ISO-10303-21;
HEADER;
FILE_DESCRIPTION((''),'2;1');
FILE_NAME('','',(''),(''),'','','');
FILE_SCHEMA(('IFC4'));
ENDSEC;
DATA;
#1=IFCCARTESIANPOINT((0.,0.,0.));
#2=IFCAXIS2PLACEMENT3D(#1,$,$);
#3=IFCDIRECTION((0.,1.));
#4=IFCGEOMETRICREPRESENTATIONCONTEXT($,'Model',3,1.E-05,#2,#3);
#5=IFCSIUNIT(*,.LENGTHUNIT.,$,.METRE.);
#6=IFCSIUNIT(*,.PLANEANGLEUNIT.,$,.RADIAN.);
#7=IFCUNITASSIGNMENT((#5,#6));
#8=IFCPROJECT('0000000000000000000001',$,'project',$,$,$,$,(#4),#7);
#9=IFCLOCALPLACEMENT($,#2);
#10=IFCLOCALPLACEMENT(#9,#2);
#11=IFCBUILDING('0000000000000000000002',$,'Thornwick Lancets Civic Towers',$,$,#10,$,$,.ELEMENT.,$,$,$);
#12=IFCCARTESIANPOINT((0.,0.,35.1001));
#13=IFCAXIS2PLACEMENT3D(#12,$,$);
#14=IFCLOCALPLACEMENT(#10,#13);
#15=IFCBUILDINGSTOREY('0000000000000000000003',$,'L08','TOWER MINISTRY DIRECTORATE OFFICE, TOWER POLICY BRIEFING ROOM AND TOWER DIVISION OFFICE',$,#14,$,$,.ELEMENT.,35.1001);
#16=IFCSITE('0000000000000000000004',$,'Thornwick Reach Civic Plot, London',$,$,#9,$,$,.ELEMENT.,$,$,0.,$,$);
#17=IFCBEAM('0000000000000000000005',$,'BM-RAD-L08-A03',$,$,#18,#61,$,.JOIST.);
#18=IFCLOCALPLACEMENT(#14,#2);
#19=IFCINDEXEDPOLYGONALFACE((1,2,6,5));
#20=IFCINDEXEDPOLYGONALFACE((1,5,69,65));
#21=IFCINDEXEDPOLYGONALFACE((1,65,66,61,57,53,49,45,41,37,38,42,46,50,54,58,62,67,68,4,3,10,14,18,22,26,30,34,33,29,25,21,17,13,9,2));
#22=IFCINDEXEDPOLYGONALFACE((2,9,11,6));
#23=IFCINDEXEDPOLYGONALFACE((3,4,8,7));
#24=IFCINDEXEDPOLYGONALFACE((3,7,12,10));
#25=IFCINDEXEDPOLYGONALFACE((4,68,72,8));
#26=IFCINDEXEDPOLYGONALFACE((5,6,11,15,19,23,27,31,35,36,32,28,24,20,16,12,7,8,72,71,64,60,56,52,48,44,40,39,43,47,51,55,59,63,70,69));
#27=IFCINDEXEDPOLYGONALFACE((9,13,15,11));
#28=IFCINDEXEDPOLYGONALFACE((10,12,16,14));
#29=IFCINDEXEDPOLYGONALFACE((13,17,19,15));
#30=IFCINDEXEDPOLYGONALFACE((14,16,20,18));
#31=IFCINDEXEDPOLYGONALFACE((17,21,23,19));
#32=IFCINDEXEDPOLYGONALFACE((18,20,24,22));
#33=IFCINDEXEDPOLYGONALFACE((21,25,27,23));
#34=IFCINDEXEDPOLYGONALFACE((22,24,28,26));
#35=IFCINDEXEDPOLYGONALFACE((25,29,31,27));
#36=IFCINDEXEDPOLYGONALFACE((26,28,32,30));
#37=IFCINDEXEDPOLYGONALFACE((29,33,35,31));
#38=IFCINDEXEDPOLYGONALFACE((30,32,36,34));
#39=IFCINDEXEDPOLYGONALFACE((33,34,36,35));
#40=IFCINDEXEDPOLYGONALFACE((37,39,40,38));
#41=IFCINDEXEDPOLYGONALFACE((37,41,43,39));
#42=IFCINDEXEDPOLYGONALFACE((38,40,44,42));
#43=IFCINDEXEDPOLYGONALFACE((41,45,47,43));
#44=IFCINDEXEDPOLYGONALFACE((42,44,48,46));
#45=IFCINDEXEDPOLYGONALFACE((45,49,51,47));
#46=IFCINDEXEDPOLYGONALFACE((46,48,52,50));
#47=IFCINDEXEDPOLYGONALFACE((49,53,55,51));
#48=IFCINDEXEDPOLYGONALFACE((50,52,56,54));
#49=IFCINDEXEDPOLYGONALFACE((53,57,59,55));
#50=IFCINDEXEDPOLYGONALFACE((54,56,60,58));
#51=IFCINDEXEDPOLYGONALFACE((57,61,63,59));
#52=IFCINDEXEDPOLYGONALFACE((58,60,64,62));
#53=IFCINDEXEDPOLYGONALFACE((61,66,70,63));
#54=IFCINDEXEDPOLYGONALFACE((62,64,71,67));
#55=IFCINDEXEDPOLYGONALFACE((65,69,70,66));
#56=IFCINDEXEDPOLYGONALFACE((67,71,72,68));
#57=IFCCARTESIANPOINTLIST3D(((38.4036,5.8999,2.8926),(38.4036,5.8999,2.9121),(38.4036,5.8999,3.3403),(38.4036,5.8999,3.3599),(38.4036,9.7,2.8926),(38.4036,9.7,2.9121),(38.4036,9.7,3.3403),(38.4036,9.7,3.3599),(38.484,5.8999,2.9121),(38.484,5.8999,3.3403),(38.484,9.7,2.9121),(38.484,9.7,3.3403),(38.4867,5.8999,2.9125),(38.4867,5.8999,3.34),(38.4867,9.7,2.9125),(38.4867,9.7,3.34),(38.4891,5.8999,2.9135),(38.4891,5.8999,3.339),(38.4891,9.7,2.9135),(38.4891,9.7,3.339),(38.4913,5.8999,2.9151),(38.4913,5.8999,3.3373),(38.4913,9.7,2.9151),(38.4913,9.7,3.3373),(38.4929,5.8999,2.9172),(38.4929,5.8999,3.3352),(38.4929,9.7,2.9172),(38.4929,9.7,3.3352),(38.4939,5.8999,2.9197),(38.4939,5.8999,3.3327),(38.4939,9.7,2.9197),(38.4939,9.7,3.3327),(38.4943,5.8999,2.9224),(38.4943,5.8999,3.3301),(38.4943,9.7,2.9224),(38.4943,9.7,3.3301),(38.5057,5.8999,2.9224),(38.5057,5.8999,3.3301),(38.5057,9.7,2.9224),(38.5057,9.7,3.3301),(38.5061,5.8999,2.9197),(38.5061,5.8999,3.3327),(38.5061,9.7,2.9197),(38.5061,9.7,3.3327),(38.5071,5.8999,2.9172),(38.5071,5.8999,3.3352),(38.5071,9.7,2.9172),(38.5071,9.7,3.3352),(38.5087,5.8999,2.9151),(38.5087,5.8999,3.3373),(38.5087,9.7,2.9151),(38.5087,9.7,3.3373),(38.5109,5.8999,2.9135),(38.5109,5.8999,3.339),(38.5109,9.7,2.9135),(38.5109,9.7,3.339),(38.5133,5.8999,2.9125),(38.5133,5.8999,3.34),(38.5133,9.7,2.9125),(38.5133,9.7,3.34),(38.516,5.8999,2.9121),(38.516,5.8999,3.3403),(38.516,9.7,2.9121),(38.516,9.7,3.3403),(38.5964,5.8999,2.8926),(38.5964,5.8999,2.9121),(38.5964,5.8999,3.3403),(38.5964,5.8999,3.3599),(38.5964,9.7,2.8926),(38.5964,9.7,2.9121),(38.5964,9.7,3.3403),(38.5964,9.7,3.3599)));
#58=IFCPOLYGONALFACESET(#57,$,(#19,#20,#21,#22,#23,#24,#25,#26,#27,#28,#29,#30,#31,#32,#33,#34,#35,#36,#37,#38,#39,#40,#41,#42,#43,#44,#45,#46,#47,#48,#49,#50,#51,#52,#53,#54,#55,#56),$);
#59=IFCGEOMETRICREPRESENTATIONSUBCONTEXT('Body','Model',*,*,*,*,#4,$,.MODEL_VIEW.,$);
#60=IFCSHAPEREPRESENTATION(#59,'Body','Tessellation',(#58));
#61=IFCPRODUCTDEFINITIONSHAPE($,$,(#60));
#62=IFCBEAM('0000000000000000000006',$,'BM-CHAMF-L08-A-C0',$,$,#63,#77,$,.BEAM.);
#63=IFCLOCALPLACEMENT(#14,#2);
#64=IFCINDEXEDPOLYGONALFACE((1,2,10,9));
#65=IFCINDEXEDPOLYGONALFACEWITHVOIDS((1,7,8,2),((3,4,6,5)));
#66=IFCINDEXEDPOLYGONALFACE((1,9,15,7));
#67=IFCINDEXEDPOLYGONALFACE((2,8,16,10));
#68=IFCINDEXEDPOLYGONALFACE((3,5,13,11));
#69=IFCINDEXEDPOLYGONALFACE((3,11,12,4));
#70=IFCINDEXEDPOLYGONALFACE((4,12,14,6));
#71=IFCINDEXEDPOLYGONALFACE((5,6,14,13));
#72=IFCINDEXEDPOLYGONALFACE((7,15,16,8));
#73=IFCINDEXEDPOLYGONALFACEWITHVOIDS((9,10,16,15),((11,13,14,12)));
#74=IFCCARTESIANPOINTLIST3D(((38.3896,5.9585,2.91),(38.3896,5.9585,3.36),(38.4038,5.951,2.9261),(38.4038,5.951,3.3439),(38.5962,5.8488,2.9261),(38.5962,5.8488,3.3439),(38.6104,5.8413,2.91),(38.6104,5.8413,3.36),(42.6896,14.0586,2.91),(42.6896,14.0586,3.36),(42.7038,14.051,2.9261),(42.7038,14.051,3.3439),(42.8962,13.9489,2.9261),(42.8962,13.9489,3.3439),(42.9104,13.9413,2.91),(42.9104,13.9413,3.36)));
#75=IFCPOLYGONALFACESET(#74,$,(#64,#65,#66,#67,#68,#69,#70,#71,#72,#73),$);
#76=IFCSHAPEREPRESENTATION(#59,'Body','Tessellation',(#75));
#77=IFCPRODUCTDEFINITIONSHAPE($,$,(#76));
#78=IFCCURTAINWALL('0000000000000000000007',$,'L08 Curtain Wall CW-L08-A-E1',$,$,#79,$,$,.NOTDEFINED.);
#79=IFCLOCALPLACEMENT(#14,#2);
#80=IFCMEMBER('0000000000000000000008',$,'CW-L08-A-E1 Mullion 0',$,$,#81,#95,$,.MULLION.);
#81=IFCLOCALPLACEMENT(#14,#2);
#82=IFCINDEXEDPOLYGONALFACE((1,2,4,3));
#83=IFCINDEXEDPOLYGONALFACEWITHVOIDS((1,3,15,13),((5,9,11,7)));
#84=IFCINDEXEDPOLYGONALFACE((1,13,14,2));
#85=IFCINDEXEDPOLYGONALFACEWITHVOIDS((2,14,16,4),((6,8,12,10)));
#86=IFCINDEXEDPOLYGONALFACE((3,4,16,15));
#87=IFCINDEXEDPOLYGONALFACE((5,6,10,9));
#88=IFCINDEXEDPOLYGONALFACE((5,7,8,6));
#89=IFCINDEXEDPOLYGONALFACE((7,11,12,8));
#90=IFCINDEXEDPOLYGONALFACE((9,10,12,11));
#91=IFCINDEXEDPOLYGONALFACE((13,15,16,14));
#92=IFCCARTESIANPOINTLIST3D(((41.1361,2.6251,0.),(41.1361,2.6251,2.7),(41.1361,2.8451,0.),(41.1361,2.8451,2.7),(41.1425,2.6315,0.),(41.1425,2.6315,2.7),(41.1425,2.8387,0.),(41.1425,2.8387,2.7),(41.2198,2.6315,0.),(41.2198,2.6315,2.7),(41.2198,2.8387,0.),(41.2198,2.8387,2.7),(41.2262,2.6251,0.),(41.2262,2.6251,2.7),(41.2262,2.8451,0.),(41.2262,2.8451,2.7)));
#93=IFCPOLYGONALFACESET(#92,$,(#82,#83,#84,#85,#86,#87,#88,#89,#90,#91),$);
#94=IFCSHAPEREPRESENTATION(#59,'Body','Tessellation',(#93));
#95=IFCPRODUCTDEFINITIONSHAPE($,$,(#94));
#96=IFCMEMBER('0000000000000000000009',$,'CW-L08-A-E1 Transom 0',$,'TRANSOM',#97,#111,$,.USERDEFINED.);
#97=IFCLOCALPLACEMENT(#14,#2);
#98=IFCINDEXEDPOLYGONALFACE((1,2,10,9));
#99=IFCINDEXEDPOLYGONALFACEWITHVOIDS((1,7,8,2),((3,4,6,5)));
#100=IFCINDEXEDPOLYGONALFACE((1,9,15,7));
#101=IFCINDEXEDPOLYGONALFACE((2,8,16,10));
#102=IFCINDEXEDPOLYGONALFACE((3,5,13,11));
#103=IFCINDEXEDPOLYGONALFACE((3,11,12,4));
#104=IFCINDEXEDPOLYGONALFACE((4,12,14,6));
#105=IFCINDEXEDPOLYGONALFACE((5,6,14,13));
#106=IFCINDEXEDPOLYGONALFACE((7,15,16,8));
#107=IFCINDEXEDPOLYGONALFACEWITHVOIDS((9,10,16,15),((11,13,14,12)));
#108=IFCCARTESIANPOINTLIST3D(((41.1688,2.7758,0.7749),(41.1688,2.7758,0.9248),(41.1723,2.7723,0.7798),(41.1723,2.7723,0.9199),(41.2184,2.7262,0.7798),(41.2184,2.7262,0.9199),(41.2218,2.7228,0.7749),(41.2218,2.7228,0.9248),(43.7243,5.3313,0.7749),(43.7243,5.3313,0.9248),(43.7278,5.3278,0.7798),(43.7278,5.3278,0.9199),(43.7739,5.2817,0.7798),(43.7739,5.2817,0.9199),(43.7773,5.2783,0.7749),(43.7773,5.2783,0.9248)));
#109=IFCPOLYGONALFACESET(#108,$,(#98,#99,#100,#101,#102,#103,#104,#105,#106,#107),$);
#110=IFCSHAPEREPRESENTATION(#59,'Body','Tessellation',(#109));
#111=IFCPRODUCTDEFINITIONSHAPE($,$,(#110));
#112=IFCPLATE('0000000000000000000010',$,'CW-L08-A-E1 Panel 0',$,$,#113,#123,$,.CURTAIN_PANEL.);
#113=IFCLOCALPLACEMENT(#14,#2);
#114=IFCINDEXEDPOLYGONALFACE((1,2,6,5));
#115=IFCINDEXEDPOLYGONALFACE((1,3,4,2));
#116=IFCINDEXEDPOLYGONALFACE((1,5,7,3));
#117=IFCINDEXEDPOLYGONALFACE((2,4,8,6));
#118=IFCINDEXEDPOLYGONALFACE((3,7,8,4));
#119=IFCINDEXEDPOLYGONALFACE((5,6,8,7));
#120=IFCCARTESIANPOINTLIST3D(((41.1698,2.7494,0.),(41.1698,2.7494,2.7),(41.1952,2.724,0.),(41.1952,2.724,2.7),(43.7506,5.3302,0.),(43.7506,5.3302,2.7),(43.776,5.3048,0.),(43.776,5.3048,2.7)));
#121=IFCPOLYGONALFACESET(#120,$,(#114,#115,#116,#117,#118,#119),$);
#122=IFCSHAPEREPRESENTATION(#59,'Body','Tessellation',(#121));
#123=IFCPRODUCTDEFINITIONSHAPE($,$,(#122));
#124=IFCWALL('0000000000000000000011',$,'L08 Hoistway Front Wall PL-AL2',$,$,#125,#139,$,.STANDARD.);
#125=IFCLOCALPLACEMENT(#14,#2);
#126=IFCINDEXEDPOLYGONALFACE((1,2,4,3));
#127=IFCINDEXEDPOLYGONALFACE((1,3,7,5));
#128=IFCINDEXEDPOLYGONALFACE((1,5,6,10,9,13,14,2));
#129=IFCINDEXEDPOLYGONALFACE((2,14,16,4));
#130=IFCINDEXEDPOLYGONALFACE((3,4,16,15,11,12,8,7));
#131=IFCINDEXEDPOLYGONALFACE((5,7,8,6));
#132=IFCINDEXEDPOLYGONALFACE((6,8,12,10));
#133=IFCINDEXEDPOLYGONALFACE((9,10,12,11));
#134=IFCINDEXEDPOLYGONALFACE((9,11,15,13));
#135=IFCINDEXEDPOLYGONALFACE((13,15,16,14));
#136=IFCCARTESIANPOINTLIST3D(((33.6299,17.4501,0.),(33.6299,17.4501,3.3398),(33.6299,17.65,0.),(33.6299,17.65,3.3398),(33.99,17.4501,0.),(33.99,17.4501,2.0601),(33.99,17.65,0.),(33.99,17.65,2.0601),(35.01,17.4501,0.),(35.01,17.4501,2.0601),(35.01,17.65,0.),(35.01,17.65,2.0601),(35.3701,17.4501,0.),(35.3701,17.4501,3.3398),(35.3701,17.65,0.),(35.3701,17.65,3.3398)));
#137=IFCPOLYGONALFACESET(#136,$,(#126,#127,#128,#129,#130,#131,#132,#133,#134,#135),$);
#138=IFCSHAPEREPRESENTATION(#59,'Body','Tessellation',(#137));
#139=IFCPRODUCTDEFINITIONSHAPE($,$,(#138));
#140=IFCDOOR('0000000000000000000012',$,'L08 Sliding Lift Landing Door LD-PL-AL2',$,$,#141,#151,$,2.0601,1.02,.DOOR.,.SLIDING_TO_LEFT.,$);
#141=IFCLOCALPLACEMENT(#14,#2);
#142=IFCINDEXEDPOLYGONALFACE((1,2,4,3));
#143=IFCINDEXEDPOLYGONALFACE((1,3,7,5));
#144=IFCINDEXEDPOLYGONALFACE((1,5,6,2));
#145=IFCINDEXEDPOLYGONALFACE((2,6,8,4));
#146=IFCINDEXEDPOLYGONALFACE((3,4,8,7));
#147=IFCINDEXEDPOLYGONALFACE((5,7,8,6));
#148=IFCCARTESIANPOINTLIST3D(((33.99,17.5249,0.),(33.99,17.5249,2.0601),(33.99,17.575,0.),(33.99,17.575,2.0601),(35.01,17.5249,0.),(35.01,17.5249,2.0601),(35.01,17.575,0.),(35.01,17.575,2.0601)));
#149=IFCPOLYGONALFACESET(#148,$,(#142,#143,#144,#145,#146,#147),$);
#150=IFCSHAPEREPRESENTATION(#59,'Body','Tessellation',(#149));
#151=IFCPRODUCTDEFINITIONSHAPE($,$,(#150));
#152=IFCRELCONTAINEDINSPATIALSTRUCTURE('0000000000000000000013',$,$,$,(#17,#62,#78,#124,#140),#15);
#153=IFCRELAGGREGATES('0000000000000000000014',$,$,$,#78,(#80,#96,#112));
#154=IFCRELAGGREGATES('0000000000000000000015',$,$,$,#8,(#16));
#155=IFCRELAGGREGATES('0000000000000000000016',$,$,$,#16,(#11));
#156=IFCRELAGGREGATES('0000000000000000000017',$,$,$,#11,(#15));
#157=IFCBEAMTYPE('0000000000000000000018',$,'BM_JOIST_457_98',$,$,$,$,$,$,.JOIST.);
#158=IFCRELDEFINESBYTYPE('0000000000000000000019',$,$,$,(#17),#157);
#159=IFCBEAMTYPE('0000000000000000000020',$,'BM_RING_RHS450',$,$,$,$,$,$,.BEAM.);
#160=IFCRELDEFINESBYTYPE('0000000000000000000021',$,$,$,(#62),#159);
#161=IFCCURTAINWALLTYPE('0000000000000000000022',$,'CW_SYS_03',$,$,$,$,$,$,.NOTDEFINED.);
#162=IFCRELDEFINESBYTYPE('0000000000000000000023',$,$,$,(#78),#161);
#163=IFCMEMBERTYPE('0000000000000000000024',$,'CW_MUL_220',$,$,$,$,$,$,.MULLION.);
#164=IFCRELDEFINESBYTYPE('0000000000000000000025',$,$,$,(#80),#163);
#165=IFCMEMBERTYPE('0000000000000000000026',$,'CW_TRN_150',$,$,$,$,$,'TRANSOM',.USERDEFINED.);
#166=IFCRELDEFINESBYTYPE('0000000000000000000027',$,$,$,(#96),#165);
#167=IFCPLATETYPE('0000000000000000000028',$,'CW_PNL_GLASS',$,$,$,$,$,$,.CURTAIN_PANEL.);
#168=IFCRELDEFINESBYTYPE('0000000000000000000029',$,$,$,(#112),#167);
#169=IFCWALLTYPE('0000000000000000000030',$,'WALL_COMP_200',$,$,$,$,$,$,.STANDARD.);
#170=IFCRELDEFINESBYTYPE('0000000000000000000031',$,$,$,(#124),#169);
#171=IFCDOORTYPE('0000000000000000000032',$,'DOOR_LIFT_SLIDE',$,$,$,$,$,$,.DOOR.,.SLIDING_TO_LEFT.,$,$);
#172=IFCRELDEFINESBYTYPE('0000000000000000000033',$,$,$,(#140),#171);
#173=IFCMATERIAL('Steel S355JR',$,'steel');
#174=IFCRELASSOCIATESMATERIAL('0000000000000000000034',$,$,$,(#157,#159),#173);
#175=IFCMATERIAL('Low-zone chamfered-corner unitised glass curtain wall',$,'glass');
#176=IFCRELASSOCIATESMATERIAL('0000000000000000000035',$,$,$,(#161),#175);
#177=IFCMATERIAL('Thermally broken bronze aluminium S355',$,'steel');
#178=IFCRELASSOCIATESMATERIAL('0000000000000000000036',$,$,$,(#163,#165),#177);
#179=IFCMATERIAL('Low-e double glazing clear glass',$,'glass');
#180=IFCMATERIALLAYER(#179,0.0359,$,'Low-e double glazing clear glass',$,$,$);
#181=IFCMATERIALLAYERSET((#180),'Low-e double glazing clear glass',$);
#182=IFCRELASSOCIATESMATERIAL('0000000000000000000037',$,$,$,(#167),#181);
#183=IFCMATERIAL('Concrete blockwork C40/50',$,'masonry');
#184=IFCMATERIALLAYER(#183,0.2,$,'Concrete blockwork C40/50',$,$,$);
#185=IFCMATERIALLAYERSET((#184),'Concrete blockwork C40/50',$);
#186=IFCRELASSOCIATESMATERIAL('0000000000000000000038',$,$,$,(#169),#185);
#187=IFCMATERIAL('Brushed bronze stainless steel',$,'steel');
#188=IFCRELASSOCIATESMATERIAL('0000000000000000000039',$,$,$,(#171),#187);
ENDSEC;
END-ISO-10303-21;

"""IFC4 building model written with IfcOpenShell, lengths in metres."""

from ifc_helpers import new_model, si_unit, direction, frame, frame_2d, origin, origin_2d, place, context, subcontext, project, spatial, rectangle, hollow_rectangle, i_section, extrude, material, layer, layer_set, material_profile, profile_set, type_object, element, fill, aggregate, save


model = new_model("IFC4")

# Units and contexts
model_context = context("Model", 3, precision=1e-05, world=origin(), true_north=direction((0.0, 1.0)))
body_context = subcontext(model_context, "Body", "Model", "MODEL_VIEW")
ifc_project = project(units=[si_unit("LENGTHUNIT", "METRE"), si_unit("PLANEANGLEUNIT", "RADIAN")], contexts=[model_context])

# Site, building, storey
site_placement = place(None, origin())
site = spatial("IfcSite", under=ifc_project, at=site_placement, Name="Thornwick Reach Civic Plot, London", CompositionType="ELEMENT", RefElevation=0.0)
building_placement = place(site_placement, origin())
building = spatial("IfcBuilding", under=site, at=building_placement, Name="Thornwick Lancets Civic Towers", CompositionType="ELEMENT")
storey_placement = place(building_placement, frame((0.0, 0.0, 35.1001)))
storey = spatial("IfcBuildingStorey", under=building, at=storey_placement, Name="L08", Description="TOWER MINISTRY DIRECTORATE OFFICE, TOWER POLICY BRIEFING ROOM AND TOWER DIVISION OFFICE", CompositionType="ELEMENT", Elevation=35.1001)

# Beams
ifc_material_1 = material(Name="Steel S355JR", Category="steel")
ifc_material_profile_1 = material_profile(ifc_material_1, i_section(OverallWidth=0.1929, OverallDepth=0.4673, WebThickness=0.0115, FlangeThickness=0.0195, FilletRadius=0.0103, at=origin_2d()), Name="UKB 457x191x98")
ifc_profile_set_1 = profile_set([ifc_material_profile_1], Name="Steel S355JR")
beam_type_1 = type_object("IfcBeamType", Name="BM_JOIST_457_98", PredefinedType="JOIST", material=ifc_profile_set_1)
beam_1_placement = place(storey_placement, frame((38.5, 9.7, 3.1262), z_axis=(0.0, -1.0, 0.0), x_axis=(1.0, 0.0, 0.0)))
element("IfcBeam", 1, at=beam_1_placement, inside=storey, type_object=beam_type_1, Name="BM-RAD-L08-A03", PredefinedType="JOIST", context=body_context, shape_type="SweptSolid", body=[
    extrude(i_section(OverallWidth=0.1929, OverallDepth=0.4673, WebThickness=0.0115, FlangeThickness=0.0195, FilletRadius=0.0103, at=origin_2d()), origin(), (0.0, 0.0, 1.0), 3.8),
])
ifc_material_profile_2 = material_profile(ifc_material_1, hollow_rectangle(XDim=0.25, YDim=0.45, WallThickness=0.0161, at=origin_2d()), Name="RHS 450x250x16")
ifc_profile_set_2 = profile_set([ifc_material_profile_2], Name="Steel S355JR")
beam_type_2 = type_object("IfcBeamType", Name="BM_RING_RHS450", PredefinedType="BEAM", material=ifc_profile_set_2)
beam_2_placement = place(storey_placement, frame((38.5, 5.8999, 3.135), z_axis=(0.468889, 0.883257, 0.0), x_axis=(-0.883257, 0.468889, 0.0)))
element("IfcBeam", 2, at=beam_2_placement, inside=storey, type_object=beam_type_2, Name="BM-CHAMF-L08-A-C0", PredefinedType="BEAM", context=body_context, shape_type="SweptSolid", body=[
    extrude(hollow_rectangle(XDim=0.25, YDim=0.45, WallThickness=0.0161, at=origin_2d()), origin(), (0.0, 0.0, 1.0), 9.1707),
])

# Curtain wall, members, plate
ifc_material_2 = material(Name="Low-zone chamfered-corner unitised glass curtain wall", Category="glass")
curtain_wall_type = type_object("IfcCurtainWallType", Name="CW_SYS_03", PredefinedType="NOTDEFINED", material=ifc_material_2)
curtain_wall_placement = place(storey_placement, origin())
curtain_wall = element("IfcCurtainWall", 3, at=curtain_wall_placement, inside=storey, type_object=curtain_wall_type, Name="L08 Curtain Wall CW-L08-A-E1", PredefinedType="NOTDEFINED")
ifc_material_3 = material(Name="Thermally broken bronze aluminium S355", Category="steel")
ifc_material_profile_3 = material_profile(ifc_material_3, hollow_rectangle(XDim=0.0901, YDim=0.22, WallThickness=0.0063, at=origin_2d()), Name="RHS 220x90x6.3")
ifc_profile_set_3 = profile_set([ifc_material_profile_3], Name="Thermally broken bronze aluminium S355")
member_type_1 = type_object("IfcMemberType", Name="CW_MUL_220", PredefinedType="MULLION", material=ifc_profile_set_3)
member_1_placement = place(storey_placement, frame((41.1812, 2.7351, 0.0), z_axis=(0.0, 0.0, 1.0), x_axis=(1.0, 0.0, 0.0)))
member_1 = element("IfcMember", 4, at=member_1_placement, type_object=member_type_1, Name="CW-L08-A-E1 Mullion 0", PredefinedType="MULLION", context=body_context, shape_type="SweptSolid", body=[
    extrude(hollow_rectangle(XDim=0.0901, YDim=0.22, WallThickness=0.0063, at=origin_2d()), origin(), (0.0, 0.0, 1.0), 2.7),
])
ifc_material_profile_4 = material_profile(ifc_material_3, hollow_rectangle(XDim=0.075, YDim=0.1499, WallThickness=0.0049, at=origin_2d()), Name="RHS 150x75x5")
ifc_profile_set_4 = profile_set([ifc_material_profile_4], Name="Thermally broken bronze aluminium S355")
member_type_2 = type_object("IfcMemberType", Name="CW_TRN_150", ElementType="TRANSOM", PredefinedType="USERDEFINED", material=ifc_profile_set_4)
member_2_placement = place(storey_placement, frame((41.1953, 2.7493, 0.8499), z_axis=(0.707107, 0.707107, 0.0), x_axis=(-0.707107, 0.707107, 0.0)))
member_2 = element("IfcMember", 5, at=member_2_placement, type_object=member_type_2, Name="CW-L08-A-E1 Transom 0", ObjectType="TRANSOM", PredefinedType="USERDEFINED", context=body_context, shape_type="SweptSolid", body=[
    extrude(hollow_rectangle(XDim=0.075, YDim=0.1499, WallThickness=0.0049, at=origin_2d()), origin(), (0.0, 0.0, 1.0), 3.614),
])
ifc_material_4 = material(Name="Low-e double glazing clear glass", Category="glass")
ifc_layer_1 = layer(ifc_material_4, 0.0359, Name="Low-e double glazing clear glass")
ifc_layer_set_1 = layer_set([ifc_layer_1], Name="Low-e double glazing clear glass")
plate_type = type_object("IfcPlateType", Name="CW_PNL_GLASS", PredefinedType="CURTAIN_PANEL", material=ifc_layer_set_1)
plate_placement = place(storey_placement, frame((42.4729, 4.0271, 0.0), z_axis=(0.0, 0.0, 1.0), x_axis=(0.707107, 0.707107, 0.0)))
plate = element("IfcPlate", 6, at=plate_placement, type_object=plate_type, Name="CW-L08-A-E1 Panel 0", PredefinedType="CURTAIN_PANEL", context=body_context, shape_type="SweptSolid", body=[
    extrude(rectangle(XDim=3.6499, YDim=0.0359, at=origin_2d()), origin(), (0.0, 0.0, 1.0), 2.7),
])
aggregate(curtain_wall, [member_1, member_2, plate])

# Wall, opening, door
ifc_material_5 = material(Name="Concrete blockwork C40/50", Category="masonry")
ifc_layer_2 = layer(ifc_material_5, 0.2, Name="Concrete blockwork C40/50")
ifc_layer_set_2 = layer_set([ifc_layer_2], Name="Concrete blockwork C40/50")
wall_type_1 = type_object("IfcWallType", Name="WALL_COMP_200", PredefinedType="STANDARD", material=ifc_layer_set_2)
wall_1_placement = place(storey_placement, frame((33.6299, 17.55, 0.0), z_axis=(0.0, 0.0, 1.0), x_axis=(1.0, 0.0, 0.0)))
wall_1 = element("IfcWall", 7, at=wall_1_placement, inside=storey, type_object=wall_type_1, Name="L08 Hoistway Front Wall PL-AL2", PredefinedType="STANDARD", context=body_context, shape_type="SweptSolid", body=[
    extrude(rectangle(XDim=1.7402, YDim=0.2, at=frame_2d((0.8701, 0.0))), origin(), (0.0, 0.0, 1.0), 3.3398),
])
opening_1_placement = place(wall_1_placement, frame((0.3601, 0.0, 0.0)))
opening_1 = element("IfcOpeningElement", 8, at=opening_1_placement, cuts=wall_1, PredefinedType="OPENING", context=body_context, shape_type="SweptSolid", body=[
    extrude(rectangle(XDim=1.02, YDim=2.0601, at=frame_2d((0.51, 1.03))), frame((0.0, 0.1099, 0.0), z_axis=(0.0, -1.0, 0.0), x_axis=(1.0, 0.0, 0.0)), (0.0, 0.0, 1.0), 0.22),
])
ifc_material_6 = material(Name="Brushed bronze stainless steel", Category="steel")
door_type_1 = type_object("IfcDoorType", Name="DOOR_LIFT_SLIDE", OperationType="SLIDING_TO_LEFT", PredefinedType="DOOR", material=ifc_material_6)
door_1_placement = place(opening_1_placement, origin())
door_1 = element("IfcDoor", 9, at=door_1_placement, inside=storey, type_object=door_type_1, Name="L08 Sliding Lift Landing Door LD-PL-AL2", OperationType="SLIDING_TO_LEFT", OverallHeight=2.0601, OverallWidth=1.02, PredefinedType="DOOR", context=body_context, shape_type="SweptSolid", body=[
    extrude(rectangle(XDim=1.02, YDim=2.0601, at=frame_2d((0.51, 1.03))), frame((0.0, 0.0249, 0.0), z_axis=(0.0, -1.0, 0.0), x_axis=(1.0, 0.0, 0.0)), (0.0, 0.0, 1.0), 0.05),
])
fill(opening_1, door_1)

save(model, "model.ifc")
